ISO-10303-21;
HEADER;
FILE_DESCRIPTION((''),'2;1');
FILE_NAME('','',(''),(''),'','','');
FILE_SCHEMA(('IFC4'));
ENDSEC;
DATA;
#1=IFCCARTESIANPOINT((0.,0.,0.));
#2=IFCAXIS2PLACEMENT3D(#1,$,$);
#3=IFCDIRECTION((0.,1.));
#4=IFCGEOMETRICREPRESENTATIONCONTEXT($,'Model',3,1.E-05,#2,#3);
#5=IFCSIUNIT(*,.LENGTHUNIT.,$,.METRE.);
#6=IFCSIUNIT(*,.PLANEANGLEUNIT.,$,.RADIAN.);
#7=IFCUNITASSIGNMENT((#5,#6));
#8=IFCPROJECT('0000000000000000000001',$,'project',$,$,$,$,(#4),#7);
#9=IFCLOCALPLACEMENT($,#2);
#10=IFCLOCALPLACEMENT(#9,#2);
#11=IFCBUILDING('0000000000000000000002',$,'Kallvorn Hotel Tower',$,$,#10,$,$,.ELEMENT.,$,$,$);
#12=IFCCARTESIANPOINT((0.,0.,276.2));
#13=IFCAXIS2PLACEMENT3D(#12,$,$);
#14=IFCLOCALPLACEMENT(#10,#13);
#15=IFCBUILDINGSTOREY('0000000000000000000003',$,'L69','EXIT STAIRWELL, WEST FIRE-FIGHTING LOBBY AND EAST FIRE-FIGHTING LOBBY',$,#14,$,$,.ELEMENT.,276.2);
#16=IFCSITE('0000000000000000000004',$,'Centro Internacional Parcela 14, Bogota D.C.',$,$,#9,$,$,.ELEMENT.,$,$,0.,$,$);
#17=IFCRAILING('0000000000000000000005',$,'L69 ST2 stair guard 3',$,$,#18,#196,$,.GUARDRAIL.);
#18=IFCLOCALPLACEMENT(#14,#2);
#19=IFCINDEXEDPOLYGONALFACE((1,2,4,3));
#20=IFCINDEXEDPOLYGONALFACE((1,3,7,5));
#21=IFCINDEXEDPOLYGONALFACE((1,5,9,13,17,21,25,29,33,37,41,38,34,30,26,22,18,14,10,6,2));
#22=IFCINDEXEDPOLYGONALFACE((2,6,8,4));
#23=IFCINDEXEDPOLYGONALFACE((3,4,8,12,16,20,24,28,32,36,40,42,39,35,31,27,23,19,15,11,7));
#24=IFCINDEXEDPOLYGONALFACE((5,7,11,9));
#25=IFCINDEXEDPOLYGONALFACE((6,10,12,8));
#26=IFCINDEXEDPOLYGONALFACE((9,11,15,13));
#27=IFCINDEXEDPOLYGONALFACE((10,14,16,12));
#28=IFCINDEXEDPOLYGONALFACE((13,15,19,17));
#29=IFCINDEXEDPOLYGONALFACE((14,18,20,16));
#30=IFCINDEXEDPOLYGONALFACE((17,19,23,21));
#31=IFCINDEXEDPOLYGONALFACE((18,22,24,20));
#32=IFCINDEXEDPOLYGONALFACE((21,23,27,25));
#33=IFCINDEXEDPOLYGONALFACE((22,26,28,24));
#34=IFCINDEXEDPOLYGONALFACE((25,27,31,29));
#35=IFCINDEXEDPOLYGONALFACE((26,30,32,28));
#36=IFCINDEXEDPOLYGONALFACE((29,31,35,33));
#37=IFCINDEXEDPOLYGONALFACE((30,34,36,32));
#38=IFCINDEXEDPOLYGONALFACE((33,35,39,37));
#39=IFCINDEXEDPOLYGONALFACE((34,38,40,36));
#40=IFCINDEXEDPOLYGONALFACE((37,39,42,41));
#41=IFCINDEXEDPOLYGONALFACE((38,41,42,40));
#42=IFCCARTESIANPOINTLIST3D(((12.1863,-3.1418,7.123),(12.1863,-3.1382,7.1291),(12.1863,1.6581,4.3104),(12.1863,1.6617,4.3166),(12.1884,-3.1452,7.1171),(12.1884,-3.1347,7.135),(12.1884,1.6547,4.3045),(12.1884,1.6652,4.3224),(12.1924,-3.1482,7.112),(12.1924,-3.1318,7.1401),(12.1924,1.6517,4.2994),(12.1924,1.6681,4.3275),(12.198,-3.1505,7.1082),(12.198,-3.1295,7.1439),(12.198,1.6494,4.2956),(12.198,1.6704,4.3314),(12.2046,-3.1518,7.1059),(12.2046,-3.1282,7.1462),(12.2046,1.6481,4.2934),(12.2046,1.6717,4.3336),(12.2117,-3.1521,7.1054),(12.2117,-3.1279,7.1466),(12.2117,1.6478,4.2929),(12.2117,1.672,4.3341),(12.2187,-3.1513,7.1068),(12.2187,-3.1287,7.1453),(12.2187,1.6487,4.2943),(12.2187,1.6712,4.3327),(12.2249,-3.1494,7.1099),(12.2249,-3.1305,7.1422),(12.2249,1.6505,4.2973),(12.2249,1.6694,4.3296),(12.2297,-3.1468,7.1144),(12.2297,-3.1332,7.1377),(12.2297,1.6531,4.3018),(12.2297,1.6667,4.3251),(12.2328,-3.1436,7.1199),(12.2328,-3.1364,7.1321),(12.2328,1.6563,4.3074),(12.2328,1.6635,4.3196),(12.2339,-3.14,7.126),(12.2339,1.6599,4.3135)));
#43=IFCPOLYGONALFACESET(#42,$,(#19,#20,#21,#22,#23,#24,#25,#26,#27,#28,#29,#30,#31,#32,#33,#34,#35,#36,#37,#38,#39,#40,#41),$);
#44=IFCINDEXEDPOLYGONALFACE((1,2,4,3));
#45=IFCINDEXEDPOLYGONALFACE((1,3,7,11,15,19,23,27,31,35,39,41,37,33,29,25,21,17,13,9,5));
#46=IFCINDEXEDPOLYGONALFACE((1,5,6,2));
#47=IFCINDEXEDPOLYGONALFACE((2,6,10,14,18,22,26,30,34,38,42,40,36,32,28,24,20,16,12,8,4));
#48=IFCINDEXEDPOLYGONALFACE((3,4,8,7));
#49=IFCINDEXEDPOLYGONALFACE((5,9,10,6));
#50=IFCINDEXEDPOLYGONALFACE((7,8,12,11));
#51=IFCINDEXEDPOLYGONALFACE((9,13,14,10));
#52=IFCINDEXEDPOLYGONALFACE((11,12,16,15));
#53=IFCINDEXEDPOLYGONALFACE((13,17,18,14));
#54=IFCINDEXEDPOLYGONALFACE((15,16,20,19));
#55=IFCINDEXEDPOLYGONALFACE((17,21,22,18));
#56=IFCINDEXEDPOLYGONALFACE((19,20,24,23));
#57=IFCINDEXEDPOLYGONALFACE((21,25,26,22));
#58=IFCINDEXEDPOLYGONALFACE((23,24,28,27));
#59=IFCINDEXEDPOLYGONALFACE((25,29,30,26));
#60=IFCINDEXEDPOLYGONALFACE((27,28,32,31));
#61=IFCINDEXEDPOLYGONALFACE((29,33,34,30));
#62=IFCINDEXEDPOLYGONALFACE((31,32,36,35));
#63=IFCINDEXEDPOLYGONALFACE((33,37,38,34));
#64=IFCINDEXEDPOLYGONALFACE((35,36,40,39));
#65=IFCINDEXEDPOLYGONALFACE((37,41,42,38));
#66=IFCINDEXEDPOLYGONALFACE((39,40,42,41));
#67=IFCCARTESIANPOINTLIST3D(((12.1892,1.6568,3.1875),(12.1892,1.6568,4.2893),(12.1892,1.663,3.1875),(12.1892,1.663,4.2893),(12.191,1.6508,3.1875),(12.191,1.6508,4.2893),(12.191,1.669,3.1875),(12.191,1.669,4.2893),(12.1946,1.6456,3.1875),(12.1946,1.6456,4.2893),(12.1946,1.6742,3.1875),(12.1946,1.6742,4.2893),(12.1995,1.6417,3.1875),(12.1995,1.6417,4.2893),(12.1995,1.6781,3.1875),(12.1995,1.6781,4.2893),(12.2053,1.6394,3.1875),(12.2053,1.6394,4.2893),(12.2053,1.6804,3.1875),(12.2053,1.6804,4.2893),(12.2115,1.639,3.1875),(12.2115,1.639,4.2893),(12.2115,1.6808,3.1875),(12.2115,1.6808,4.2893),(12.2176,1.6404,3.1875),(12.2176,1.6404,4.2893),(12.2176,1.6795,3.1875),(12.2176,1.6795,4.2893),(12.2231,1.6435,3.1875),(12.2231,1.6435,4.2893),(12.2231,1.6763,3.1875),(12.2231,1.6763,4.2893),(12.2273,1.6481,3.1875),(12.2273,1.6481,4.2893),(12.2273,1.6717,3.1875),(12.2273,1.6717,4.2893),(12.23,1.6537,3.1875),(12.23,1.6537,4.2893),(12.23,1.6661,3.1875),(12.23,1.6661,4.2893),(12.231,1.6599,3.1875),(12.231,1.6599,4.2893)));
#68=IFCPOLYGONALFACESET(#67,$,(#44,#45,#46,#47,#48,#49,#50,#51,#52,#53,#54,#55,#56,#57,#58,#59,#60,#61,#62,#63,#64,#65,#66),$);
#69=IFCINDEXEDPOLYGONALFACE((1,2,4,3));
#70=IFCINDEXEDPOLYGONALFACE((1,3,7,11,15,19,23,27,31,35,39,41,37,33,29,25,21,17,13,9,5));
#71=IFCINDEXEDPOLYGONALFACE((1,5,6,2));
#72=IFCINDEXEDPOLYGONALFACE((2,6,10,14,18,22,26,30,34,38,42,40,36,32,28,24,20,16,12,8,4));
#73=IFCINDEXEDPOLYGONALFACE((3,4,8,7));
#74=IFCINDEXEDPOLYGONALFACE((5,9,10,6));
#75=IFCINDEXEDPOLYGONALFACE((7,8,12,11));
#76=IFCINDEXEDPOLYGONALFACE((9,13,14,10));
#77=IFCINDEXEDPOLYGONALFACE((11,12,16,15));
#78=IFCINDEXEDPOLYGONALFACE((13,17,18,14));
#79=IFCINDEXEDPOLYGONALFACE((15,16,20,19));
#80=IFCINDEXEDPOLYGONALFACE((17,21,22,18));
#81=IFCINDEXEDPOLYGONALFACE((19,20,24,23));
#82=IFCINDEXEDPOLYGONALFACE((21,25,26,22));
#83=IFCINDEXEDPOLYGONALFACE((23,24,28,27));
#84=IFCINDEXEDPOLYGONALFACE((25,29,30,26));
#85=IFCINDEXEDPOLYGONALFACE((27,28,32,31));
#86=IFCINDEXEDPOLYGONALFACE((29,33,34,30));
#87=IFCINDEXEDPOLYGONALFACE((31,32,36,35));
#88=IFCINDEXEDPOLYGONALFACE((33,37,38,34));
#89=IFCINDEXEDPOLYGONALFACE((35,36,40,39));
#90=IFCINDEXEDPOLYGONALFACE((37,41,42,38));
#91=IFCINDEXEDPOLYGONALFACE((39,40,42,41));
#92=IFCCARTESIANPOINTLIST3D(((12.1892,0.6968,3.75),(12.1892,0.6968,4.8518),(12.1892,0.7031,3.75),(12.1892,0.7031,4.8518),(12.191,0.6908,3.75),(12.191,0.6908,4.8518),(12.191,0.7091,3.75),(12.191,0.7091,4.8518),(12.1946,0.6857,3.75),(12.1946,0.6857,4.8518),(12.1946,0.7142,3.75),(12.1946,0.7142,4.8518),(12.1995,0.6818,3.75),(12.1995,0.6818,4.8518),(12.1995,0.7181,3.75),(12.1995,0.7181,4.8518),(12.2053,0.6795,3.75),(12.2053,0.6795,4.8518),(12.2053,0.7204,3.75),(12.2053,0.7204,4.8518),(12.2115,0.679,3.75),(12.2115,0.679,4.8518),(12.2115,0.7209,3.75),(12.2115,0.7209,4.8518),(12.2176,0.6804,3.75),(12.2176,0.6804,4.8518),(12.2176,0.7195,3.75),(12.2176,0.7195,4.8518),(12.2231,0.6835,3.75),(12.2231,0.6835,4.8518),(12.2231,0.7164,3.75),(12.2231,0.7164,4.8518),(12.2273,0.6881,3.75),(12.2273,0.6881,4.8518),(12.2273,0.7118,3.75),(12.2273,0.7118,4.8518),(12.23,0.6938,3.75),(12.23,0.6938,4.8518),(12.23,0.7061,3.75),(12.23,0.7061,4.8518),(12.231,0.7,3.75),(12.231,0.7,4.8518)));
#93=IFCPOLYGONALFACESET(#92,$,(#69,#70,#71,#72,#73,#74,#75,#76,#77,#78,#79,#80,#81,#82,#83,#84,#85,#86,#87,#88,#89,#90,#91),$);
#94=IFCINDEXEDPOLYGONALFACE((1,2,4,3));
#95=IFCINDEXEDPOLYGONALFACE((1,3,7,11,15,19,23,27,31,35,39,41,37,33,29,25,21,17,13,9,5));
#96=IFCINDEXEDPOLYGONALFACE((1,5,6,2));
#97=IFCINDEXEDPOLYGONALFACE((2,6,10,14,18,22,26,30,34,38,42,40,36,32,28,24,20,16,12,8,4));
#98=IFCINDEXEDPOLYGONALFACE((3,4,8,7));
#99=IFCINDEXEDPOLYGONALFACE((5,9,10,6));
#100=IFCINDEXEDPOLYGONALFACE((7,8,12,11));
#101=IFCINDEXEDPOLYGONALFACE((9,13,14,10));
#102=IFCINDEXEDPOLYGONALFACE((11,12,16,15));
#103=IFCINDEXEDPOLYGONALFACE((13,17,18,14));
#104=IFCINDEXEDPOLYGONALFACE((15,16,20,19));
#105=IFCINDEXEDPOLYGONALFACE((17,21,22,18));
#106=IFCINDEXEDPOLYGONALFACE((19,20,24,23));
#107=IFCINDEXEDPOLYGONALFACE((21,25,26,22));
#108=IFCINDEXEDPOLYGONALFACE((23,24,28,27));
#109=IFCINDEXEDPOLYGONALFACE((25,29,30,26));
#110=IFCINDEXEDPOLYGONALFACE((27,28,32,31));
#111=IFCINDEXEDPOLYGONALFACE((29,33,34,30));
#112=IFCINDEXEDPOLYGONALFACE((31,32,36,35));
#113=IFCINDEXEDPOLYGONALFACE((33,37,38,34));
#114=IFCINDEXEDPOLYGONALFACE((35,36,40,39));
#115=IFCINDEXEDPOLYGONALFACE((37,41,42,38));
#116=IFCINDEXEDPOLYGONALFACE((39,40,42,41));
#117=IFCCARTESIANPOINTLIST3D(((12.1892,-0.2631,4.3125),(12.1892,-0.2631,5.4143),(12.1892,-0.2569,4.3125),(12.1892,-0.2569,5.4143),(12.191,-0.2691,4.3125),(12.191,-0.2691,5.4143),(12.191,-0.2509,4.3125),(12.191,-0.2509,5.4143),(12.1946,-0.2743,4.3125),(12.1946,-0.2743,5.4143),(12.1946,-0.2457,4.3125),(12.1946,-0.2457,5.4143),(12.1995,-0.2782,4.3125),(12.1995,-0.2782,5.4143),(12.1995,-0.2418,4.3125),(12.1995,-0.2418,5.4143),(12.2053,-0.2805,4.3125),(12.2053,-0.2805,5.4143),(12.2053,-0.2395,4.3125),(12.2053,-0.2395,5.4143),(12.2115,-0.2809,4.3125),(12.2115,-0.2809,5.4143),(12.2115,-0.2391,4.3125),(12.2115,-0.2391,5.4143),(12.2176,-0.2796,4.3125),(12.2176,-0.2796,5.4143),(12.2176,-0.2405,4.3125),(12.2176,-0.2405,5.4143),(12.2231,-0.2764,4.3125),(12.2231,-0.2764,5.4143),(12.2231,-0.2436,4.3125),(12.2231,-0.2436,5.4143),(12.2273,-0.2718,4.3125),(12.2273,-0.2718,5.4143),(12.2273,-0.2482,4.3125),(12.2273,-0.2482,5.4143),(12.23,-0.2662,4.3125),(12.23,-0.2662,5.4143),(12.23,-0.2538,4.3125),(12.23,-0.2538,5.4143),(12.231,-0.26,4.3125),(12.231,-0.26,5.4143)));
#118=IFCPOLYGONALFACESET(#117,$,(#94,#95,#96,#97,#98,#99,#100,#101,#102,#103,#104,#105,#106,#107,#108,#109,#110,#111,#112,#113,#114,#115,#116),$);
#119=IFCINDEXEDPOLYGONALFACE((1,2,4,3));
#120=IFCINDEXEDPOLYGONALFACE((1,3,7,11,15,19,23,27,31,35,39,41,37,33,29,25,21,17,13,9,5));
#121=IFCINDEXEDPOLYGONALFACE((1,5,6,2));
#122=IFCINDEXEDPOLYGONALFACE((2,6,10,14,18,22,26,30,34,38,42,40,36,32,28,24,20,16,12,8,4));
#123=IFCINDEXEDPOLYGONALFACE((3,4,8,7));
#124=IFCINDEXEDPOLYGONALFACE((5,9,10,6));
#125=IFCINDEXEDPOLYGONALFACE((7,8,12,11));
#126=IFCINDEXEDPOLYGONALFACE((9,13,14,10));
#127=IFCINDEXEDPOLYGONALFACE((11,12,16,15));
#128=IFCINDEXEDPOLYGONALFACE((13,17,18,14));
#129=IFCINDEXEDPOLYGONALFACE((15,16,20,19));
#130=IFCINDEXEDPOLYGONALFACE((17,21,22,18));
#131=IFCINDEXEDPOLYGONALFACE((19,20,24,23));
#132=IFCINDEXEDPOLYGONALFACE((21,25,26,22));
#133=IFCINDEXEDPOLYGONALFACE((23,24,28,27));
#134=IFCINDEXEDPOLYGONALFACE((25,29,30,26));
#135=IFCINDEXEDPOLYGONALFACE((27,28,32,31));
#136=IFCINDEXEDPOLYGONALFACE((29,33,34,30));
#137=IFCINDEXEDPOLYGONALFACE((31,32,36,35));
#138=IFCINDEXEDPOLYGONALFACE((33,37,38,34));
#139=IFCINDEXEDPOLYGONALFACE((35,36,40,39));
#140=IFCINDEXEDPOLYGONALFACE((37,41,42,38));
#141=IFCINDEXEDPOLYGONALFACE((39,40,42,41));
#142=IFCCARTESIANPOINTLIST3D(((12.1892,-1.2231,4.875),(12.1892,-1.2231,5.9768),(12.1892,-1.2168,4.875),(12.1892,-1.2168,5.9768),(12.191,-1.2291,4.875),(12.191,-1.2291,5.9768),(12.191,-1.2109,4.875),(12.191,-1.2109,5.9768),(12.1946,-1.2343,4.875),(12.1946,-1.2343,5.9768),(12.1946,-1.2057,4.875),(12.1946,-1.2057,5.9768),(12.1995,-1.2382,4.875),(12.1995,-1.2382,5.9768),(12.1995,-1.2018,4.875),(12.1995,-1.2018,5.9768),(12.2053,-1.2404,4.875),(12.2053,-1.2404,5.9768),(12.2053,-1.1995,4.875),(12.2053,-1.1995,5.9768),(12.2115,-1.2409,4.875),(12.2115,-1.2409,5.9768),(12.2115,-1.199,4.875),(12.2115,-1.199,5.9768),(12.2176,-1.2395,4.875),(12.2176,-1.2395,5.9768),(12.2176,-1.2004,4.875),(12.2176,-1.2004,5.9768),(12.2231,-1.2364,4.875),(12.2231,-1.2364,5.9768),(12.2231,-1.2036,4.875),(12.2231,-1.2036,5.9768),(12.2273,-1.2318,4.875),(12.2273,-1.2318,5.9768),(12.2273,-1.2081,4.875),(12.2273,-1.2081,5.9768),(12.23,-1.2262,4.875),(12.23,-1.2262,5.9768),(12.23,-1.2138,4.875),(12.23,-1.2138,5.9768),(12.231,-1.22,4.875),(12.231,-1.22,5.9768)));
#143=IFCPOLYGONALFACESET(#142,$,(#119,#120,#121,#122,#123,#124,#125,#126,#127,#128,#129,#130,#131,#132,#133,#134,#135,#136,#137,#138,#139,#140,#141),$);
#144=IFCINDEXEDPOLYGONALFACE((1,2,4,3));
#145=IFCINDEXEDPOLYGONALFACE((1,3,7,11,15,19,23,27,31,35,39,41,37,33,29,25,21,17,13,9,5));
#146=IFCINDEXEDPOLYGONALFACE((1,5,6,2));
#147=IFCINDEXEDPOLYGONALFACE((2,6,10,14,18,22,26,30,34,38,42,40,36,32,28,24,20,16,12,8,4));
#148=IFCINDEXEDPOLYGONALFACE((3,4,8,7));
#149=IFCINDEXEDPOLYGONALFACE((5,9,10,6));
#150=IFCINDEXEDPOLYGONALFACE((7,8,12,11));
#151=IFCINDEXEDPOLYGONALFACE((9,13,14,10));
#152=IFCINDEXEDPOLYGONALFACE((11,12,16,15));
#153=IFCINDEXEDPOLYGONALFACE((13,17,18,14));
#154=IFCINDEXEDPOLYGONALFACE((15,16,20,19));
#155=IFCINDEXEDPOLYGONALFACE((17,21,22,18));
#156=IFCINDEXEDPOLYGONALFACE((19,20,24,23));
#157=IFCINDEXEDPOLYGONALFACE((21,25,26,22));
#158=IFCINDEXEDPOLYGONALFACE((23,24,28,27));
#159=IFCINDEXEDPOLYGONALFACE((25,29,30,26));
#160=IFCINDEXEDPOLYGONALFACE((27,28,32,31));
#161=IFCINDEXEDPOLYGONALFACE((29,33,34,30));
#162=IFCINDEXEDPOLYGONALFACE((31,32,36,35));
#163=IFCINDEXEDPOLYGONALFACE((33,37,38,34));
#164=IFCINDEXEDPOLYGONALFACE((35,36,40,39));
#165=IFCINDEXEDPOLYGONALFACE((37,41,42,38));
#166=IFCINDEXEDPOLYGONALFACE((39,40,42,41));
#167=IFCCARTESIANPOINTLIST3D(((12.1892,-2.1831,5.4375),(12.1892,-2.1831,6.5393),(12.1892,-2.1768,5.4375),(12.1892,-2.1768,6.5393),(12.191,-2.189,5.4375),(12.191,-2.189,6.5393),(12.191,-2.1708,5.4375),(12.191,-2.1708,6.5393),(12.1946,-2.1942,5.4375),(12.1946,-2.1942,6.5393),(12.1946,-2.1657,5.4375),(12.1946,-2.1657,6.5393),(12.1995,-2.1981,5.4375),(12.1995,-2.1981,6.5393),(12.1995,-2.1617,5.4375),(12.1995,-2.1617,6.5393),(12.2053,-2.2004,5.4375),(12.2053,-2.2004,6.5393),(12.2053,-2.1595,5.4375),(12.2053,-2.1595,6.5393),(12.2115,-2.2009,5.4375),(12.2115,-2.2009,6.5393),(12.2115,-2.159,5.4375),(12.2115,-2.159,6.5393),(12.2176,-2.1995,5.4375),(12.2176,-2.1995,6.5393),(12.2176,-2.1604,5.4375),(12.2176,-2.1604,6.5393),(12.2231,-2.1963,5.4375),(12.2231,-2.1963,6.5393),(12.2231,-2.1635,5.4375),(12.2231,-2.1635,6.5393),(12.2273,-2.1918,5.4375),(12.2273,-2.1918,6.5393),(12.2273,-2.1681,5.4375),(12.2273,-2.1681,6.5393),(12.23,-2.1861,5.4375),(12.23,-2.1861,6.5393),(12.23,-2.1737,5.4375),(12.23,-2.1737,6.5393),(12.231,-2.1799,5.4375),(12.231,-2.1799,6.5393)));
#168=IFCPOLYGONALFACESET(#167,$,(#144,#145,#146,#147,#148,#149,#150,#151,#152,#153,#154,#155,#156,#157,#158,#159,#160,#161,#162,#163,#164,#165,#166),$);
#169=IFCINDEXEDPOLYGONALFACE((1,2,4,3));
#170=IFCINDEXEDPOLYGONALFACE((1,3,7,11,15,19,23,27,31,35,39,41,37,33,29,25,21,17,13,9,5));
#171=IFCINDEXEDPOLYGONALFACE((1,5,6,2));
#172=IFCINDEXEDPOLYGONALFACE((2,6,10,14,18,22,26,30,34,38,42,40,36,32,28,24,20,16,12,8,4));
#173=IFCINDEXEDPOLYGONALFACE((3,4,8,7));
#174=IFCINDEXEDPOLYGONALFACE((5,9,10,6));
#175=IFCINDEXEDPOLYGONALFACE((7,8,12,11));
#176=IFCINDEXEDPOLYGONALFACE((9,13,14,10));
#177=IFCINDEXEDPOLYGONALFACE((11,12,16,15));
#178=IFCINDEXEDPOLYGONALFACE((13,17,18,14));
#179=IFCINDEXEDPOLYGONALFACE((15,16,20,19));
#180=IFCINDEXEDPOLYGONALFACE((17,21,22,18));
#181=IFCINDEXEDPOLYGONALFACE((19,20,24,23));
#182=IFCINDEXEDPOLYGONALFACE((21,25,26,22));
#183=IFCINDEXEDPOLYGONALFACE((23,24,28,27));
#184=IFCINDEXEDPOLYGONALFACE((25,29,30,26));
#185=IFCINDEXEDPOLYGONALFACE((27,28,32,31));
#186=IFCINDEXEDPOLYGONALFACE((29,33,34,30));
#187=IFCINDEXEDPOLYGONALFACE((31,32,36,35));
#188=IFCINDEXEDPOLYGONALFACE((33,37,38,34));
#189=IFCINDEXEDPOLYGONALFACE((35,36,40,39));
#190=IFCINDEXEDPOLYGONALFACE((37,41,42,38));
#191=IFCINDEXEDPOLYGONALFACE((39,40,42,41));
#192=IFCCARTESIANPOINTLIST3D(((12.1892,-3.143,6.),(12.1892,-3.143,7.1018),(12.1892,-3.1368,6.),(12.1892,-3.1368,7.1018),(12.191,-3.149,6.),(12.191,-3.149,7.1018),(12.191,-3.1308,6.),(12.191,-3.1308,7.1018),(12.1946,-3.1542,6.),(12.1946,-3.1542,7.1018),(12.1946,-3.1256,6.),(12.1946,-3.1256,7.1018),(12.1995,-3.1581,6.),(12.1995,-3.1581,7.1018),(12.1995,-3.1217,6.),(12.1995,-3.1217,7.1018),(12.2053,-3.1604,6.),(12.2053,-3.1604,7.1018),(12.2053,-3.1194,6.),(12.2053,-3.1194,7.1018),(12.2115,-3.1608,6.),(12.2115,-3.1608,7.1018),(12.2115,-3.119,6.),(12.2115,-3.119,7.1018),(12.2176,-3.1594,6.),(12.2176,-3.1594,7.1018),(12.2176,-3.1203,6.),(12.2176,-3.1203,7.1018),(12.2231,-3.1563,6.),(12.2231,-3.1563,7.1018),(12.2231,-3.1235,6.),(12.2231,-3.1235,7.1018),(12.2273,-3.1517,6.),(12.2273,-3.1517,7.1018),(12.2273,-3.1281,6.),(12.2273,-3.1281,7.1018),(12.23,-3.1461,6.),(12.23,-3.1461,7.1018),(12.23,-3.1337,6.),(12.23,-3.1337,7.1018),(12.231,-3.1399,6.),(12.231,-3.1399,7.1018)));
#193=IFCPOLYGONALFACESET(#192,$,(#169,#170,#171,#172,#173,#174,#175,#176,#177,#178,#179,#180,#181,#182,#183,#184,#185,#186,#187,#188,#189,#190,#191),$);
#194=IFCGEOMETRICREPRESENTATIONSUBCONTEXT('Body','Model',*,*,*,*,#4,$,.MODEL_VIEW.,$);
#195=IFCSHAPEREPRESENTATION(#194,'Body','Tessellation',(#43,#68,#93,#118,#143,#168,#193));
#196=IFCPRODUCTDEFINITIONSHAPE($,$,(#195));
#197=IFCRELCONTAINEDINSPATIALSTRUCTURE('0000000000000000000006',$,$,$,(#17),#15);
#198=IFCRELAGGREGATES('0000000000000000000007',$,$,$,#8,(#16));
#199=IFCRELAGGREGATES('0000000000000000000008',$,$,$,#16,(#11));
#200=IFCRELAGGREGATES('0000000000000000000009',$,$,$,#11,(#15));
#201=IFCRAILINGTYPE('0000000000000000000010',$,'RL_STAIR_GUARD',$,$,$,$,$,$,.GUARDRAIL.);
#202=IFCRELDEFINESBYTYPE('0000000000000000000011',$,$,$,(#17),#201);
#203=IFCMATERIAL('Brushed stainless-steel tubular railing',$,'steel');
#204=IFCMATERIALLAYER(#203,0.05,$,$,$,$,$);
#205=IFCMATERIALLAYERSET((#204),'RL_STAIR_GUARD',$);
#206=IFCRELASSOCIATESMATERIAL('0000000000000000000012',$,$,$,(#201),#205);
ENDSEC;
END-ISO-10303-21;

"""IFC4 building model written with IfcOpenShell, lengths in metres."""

from ifc_helpers import new_model, si_unit, direction, frame, origin, origin_2d, place, context, subcontext, project, spatial, circle, extrude, material, layer, layer_set, type_object, element, save


model = new_model("IFC4")

# Units and contexts
model_context = context("Model", 3, precision=1e-05, world=origin(), true_north=direction((0.0, 1.0)))
body_context = subcontext(model_context, "Body", "Model", "MODEL_VIEW")
ifc_project = project(units=[si_unit("LENGTHUNIT", "METRE"), si_unit("PLANEANGLEUNIT", "RADIAN")], contexts=[model_context])

# Site, building, storey
site_placement = place(None, origin())
site = spatial("IfcSite", under=ifc_project, at=site_placement, Name="Centro Internacional Parcela 14, Bogota D.C.", CompositionType="ELEMENT", RefElevation=0.0)
building_placement = place(site_placement, origin())
building = spatial("IfcBuilding", under=site, at=building_placement, Name="Kallvorn Hotel Tower", CompositionType="ELEMENT")
storey_placement = place(building_placement, frame((0.0, 0.0, 276.2)))
storey = spatial("IfcBuildingStorey", under=building, at=storey_placement, Name="L69", Description="EXIT STAIRWELL, WEST FIRE-FIGHTING LOBBY AND EAST FIRE-FIGHTING LOBBY", CompositionType="ELEMENT", Elevation=276.2)

# Railing
ifc_material_1 = material(Name="Brushed stainless-steel tubular railing", Category="steel")
ifc_layer_1 = layer(ifc_material_1, 0.05)
ifc_layer_set_1 = layer_set([ifc_layer_1], Name="RL_STAIR_GUARD")
railing_type_1 = type_object("IfcRailingType", Name="RL_STAIR_GUARD", PredefinedType="GUARDRAIL", material=ifc_layer_set_1)
railing_1_placement = place(storey_placement, frame((12.21, 1.6599, 3.1875)))
element("IfcRailing", 1, at=railing_1_placement, inside=storey, type_object=railing_type_1, Name="L69 ST2 stair guard 3", PredefinedType="GUARDRAIL", context=body_context, shape_type="SweptSolid", body=[
    extrude(circle(Radius=0.0239, at=origin_2d()), frame((0.0, 0.0, 1.126), z_axis=(0.0, -0.86279, 0.505562), x_axis=(1.0, 0.0, 0.0)), (0.0, 0.0, 1.0), 5.5632),
    extrude(circle(Radius=0.021, at=origin_2d()), origin(), (0.0, 0.0, 1.0), 1.1018),
    extrude(circle(Radius=0.021, at=origin_2d()), frame((0.0, -0.96, 0.5625)), (0.0, 0.0, 1.0), 1.1018),
    extrude(circle(Radius=0.021, at=origin_2d()), frame((0.0, -1.9199, 1.125)), (0.0, 0.0, 1.0), 1.1018),
    extrude(circle(Radius=0.021, at=origin_2d()), frame((0.0, -2.8799, 1.6875)), (0.0, 0.0, 1.0), 1.1018),
    extrude(circle(Radius=0.021, at=origin_2d()), frame((0.0, -3.8398, 2.25)), (0.0, 0.0, 1.0), 1.1018),
    extrude(circle(Radius=0.021, at=origin_2d()), frame((0.0, -4.7998, 2.8125)), (0.0, 0.0, 1.0), 1.1018),
])

save(model, "model.ifc")
